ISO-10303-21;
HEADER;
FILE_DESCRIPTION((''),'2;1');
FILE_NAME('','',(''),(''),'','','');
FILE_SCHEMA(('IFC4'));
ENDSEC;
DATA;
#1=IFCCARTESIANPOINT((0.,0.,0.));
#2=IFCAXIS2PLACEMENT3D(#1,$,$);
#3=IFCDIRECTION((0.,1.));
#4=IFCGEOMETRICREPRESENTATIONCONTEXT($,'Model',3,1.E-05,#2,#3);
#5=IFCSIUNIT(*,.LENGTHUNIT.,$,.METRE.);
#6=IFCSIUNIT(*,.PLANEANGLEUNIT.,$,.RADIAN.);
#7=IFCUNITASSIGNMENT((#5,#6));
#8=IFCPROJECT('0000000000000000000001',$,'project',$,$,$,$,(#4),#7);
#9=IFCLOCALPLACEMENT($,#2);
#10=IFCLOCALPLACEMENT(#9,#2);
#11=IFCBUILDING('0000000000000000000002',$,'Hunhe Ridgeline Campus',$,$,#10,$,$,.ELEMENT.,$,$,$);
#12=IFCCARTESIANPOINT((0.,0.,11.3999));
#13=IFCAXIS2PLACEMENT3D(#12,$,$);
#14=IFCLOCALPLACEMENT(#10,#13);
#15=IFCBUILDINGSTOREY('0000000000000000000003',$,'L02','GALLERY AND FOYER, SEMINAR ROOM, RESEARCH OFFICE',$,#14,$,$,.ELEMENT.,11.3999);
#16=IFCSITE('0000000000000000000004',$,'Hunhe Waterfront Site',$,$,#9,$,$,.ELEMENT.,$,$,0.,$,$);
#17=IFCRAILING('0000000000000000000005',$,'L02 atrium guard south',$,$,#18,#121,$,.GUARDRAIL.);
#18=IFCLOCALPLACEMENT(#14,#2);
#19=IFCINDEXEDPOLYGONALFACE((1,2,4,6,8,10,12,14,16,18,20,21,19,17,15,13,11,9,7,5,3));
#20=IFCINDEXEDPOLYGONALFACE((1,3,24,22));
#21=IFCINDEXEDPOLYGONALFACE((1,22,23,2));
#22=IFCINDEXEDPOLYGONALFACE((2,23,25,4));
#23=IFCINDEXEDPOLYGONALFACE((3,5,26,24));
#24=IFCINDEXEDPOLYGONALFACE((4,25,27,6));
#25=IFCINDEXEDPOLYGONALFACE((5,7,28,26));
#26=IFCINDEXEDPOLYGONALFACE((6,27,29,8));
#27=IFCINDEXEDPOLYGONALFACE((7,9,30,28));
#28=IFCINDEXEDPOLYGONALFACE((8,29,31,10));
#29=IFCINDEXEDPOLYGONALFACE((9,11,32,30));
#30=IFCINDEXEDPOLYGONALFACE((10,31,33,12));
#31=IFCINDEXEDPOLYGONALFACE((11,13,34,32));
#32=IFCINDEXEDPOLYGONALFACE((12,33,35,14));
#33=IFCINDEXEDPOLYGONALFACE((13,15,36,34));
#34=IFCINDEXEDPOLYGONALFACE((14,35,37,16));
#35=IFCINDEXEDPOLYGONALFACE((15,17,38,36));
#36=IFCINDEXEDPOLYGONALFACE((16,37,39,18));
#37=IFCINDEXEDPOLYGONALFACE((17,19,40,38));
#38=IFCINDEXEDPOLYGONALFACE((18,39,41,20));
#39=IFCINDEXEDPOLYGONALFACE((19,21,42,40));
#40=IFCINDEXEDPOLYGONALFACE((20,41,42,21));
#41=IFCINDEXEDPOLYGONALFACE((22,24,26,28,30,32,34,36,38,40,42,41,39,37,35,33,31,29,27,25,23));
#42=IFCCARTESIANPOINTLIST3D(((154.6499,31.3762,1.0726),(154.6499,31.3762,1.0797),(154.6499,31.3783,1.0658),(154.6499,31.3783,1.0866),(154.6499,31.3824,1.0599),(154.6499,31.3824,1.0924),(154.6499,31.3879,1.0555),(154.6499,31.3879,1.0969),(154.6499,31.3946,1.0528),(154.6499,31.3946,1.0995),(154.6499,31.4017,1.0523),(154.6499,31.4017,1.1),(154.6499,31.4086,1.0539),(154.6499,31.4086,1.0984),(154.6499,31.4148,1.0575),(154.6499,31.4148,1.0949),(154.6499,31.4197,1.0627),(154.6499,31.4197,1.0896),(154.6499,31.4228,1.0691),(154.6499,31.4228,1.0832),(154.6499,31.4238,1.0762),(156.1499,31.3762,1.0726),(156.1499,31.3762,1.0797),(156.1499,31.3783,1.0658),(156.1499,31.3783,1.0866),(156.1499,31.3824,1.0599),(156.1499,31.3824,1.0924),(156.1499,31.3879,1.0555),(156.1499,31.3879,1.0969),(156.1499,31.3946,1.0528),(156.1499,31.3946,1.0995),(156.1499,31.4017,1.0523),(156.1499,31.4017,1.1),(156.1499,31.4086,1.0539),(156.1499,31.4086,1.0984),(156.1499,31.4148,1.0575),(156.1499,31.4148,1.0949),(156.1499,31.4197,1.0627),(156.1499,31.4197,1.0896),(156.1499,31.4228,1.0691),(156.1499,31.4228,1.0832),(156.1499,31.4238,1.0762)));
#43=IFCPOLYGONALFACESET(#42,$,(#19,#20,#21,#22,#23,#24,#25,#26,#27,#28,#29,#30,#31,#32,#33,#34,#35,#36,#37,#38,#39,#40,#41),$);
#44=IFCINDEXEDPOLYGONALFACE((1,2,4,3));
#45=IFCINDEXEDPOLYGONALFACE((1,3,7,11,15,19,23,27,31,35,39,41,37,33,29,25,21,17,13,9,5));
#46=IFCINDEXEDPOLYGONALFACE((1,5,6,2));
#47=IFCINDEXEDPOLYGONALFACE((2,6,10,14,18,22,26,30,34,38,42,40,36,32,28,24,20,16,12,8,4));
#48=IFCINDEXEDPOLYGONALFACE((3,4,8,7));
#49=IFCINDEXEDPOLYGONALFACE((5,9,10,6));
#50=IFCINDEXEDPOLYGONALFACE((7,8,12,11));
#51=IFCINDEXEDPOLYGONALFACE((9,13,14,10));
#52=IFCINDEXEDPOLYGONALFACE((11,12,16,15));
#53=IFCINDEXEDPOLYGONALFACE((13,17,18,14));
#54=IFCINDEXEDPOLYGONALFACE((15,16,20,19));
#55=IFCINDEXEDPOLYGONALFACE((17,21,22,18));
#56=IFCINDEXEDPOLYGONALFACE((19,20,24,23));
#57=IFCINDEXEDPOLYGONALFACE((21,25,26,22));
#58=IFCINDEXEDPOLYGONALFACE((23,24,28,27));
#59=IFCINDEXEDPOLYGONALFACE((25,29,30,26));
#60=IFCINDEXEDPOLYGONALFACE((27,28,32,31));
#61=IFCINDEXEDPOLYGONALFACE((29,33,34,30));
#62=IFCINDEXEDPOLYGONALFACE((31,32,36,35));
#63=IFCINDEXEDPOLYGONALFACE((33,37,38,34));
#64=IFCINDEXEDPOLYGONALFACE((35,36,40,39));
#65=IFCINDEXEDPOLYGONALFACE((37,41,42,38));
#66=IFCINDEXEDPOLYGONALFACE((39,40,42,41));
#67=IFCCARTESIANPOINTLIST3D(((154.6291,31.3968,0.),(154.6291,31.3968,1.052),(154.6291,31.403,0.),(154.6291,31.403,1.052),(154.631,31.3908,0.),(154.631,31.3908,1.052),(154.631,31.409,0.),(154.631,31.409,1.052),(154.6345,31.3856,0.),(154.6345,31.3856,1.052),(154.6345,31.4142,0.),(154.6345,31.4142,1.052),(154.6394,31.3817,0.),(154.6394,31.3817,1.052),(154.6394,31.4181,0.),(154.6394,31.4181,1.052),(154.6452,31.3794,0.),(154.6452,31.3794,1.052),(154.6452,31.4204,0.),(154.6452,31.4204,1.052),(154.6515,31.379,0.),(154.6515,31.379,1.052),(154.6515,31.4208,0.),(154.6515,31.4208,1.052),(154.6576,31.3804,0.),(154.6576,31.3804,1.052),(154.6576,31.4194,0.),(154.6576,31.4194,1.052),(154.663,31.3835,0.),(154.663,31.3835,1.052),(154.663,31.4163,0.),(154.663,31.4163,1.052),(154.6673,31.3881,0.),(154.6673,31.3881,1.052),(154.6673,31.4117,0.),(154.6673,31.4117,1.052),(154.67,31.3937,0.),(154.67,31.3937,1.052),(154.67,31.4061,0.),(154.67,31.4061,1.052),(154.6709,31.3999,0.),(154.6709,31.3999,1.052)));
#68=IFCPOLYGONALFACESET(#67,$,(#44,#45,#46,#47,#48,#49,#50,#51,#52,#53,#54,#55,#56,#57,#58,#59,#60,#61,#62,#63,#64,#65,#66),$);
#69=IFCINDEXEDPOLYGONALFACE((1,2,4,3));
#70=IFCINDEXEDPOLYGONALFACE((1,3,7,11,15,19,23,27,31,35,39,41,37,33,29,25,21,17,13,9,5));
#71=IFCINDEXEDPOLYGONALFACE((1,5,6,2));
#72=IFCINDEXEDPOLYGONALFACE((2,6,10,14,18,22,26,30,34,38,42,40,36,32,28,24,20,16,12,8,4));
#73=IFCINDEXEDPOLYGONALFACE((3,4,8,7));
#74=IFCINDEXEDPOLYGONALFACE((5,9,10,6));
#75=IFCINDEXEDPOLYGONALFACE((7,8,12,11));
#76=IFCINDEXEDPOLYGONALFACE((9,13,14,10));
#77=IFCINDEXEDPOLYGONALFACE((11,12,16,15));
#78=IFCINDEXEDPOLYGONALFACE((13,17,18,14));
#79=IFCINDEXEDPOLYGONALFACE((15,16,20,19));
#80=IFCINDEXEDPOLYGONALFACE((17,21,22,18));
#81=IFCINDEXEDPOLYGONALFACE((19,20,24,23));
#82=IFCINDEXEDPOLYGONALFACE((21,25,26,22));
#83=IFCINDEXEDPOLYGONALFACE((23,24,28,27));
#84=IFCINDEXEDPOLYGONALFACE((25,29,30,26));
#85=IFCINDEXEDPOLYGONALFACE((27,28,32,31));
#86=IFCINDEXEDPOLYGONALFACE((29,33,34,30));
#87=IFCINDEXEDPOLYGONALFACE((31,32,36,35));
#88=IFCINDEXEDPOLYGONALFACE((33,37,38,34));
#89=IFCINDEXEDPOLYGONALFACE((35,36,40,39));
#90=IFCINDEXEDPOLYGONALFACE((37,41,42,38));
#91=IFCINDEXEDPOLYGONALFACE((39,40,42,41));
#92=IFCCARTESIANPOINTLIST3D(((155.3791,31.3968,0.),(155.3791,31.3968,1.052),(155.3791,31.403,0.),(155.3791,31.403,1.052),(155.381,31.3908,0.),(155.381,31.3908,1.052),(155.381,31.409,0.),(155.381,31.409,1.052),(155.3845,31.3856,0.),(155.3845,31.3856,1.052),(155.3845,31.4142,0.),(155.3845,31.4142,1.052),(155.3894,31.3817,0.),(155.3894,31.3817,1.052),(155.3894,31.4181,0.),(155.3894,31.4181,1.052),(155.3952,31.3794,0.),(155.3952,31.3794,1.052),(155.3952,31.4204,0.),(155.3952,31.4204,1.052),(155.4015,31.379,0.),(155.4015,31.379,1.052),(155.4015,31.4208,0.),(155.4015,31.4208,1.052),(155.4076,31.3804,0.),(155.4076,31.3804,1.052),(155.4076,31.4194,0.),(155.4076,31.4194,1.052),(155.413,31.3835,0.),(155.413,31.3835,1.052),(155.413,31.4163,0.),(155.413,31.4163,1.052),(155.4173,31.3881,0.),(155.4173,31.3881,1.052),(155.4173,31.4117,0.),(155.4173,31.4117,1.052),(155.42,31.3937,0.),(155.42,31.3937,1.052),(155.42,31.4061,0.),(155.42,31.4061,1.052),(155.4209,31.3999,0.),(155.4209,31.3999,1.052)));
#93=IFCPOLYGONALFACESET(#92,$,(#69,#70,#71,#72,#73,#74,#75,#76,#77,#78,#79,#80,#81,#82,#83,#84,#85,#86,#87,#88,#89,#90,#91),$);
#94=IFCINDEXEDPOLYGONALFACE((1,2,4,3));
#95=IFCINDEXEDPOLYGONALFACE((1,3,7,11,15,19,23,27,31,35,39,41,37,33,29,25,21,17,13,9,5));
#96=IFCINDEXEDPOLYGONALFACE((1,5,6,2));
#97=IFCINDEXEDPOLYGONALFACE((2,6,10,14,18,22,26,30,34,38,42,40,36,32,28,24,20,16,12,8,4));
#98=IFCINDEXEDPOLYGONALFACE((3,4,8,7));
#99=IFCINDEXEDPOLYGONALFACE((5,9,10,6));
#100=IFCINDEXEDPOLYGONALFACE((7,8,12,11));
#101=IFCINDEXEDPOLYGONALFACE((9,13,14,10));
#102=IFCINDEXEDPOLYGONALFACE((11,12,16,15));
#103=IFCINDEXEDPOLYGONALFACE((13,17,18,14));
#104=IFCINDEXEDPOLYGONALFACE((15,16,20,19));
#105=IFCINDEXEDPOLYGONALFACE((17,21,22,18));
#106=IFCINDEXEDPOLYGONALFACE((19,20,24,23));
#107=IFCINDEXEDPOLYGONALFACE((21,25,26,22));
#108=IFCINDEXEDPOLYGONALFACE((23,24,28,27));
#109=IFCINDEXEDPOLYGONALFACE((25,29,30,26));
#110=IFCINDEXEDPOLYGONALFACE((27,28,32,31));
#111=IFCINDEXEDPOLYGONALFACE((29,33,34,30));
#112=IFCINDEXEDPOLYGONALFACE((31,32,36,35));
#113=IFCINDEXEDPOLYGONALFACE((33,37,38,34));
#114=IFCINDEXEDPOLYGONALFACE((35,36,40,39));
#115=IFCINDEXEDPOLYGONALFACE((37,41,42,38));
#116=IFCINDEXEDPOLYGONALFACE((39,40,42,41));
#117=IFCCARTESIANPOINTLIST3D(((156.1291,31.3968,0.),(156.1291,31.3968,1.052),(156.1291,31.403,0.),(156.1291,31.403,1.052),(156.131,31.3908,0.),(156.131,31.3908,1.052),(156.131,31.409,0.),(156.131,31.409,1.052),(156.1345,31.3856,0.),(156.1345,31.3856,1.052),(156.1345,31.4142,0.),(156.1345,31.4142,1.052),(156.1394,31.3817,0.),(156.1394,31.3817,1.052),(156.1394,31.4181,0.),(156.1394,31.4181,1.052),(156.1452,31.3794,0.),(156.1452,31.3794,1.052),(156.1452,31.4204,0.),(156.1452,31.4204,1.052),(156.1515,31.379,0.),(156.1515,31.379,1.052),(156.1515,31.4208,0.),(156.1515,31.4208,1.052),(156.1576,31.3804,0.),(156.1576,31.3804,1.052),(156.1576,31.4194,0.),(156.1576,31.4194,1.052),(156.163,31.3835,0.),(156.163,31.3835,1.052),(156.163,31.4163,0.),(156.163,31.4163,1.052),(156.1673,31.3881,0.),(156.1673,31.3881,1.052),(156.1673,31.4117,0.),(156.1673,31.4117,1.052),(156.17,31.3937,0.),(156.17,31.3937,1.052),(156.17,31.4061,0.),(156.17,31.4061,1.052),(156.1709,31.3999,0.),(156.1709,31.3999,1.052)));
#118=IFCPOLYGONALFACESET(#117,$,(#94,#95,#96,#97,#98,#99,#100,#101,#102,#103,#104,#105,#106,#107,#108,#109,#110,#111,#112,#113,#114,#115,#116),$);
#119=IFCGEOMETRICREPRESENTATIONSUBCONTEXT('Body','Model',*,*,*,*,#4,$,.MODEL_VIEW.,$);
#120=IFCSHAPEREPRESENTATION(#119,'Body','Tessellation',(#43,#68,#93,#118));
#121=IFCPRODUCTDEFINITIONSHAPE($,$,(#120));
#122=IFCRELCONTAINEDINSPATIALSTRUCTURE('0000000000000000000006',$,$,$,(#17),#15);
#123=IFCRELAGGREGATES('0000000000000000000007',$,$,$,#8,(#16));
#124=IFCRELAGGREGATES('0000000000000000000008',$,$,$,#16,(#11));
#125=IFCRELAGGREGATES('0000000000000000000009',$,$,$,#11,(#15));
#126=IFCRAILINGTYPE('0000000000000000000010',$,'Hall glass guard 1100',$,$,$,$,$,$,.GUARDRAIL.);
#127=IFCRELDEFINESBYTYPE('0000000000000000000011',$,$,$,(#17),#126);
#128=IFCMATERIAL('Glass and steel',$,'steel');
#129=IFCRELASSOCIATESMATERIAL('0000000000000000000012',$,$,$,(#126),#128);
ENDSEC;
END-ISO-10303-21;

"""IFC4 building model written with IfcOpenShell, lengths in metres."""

from ifc_helpers import new_model, si_unit, direction, frame, origin, origin_2d, place, context, subcontext, project, spatial, circle, extrude, material, type_object, element, save


model = new_model("IFC4")

# Units and contexts
model_context = context("Model", 3, precision=1e-05, world=origin(), true_north=direction((0.0, 1.0)))
body_context = subcontext(model_context, "Body", "Model", "MODEL_VIEW")
ifc_project = project(units=[si_unit("LENGTHUNIT", "METRE"), si_unit("PLANEANGLEUNIT", "RADIAN")], contexts=[model_context])

# Site, building, storey
site_placement = place(None, origin())
site = spatial("IfcSite", under=ifc_project, at=site_placement, Name="Hunhe Waterfront Site", CompositionType="ELEMENT", RefElevation=0.0)
building_placement = place(site_placement, origin())
building = spatial("IfcBuilding", under=site, at=building_placement, Name="Hunhe Ridgeline Campus", CompositionType="ELEMENT")
storey_placement = place(building_placement, frame((0.0, 0.0, 11.3999)))
storey = spatial("IfcBuildingStorey", under=building, at=storey_placement, Name="L02", Description="GALLERY AND FOYER, SEMINAR ROOM, RESEARCH OFFICE", CompositionType="ELEMENT", Elevation=11.3999)

# Railing
ifc_material_1 = material(Name="Glass and steel", Category="steel")
railing_type_1 = type_object("IfcRailingType", Name="Hall glass guard 1100", PredefinedType="GUARDRAIL", material=ifc_material_1)
railing_1_placement = place(storey_placement, frame((154.6499, 31.3999, 0.0)))
element("IfcRailing", 1, at=railing_1_placement, inside=storey, type_object=railing_type_1, Name="L02 atrium guard south", PredefinedType="GUARDRAIL", context=body_context, shape_type="SweptSolid", body=[
    extrude(circle(Radius=0.0239, at=origin_2d()), frame((0.0, 0.0, 1.0762), z_axis=(1.0, 0.0, 0.0), x_axis=(0.0, 1.0, 0.0)), (0.0, 0.0, 1.0), 1.5),
    extrude(circle(Radius=0.021, at=origin_2d()), origin(), (0.0, 0.0, 1.0), 1.052),
    extrude(circle(Radius=0.021, at=origin_2d()), frame((0.75, 0.0, 0.0)), (0.0, 0.0, 1.0), 1.052),
    extrude(circle(Radius=0.021, at=origin_2d()), frame((1.5, 0.0, 0.0)), (0.0, 0.0, 1.0), 1.052),
])

save(model, "model.ifc")
